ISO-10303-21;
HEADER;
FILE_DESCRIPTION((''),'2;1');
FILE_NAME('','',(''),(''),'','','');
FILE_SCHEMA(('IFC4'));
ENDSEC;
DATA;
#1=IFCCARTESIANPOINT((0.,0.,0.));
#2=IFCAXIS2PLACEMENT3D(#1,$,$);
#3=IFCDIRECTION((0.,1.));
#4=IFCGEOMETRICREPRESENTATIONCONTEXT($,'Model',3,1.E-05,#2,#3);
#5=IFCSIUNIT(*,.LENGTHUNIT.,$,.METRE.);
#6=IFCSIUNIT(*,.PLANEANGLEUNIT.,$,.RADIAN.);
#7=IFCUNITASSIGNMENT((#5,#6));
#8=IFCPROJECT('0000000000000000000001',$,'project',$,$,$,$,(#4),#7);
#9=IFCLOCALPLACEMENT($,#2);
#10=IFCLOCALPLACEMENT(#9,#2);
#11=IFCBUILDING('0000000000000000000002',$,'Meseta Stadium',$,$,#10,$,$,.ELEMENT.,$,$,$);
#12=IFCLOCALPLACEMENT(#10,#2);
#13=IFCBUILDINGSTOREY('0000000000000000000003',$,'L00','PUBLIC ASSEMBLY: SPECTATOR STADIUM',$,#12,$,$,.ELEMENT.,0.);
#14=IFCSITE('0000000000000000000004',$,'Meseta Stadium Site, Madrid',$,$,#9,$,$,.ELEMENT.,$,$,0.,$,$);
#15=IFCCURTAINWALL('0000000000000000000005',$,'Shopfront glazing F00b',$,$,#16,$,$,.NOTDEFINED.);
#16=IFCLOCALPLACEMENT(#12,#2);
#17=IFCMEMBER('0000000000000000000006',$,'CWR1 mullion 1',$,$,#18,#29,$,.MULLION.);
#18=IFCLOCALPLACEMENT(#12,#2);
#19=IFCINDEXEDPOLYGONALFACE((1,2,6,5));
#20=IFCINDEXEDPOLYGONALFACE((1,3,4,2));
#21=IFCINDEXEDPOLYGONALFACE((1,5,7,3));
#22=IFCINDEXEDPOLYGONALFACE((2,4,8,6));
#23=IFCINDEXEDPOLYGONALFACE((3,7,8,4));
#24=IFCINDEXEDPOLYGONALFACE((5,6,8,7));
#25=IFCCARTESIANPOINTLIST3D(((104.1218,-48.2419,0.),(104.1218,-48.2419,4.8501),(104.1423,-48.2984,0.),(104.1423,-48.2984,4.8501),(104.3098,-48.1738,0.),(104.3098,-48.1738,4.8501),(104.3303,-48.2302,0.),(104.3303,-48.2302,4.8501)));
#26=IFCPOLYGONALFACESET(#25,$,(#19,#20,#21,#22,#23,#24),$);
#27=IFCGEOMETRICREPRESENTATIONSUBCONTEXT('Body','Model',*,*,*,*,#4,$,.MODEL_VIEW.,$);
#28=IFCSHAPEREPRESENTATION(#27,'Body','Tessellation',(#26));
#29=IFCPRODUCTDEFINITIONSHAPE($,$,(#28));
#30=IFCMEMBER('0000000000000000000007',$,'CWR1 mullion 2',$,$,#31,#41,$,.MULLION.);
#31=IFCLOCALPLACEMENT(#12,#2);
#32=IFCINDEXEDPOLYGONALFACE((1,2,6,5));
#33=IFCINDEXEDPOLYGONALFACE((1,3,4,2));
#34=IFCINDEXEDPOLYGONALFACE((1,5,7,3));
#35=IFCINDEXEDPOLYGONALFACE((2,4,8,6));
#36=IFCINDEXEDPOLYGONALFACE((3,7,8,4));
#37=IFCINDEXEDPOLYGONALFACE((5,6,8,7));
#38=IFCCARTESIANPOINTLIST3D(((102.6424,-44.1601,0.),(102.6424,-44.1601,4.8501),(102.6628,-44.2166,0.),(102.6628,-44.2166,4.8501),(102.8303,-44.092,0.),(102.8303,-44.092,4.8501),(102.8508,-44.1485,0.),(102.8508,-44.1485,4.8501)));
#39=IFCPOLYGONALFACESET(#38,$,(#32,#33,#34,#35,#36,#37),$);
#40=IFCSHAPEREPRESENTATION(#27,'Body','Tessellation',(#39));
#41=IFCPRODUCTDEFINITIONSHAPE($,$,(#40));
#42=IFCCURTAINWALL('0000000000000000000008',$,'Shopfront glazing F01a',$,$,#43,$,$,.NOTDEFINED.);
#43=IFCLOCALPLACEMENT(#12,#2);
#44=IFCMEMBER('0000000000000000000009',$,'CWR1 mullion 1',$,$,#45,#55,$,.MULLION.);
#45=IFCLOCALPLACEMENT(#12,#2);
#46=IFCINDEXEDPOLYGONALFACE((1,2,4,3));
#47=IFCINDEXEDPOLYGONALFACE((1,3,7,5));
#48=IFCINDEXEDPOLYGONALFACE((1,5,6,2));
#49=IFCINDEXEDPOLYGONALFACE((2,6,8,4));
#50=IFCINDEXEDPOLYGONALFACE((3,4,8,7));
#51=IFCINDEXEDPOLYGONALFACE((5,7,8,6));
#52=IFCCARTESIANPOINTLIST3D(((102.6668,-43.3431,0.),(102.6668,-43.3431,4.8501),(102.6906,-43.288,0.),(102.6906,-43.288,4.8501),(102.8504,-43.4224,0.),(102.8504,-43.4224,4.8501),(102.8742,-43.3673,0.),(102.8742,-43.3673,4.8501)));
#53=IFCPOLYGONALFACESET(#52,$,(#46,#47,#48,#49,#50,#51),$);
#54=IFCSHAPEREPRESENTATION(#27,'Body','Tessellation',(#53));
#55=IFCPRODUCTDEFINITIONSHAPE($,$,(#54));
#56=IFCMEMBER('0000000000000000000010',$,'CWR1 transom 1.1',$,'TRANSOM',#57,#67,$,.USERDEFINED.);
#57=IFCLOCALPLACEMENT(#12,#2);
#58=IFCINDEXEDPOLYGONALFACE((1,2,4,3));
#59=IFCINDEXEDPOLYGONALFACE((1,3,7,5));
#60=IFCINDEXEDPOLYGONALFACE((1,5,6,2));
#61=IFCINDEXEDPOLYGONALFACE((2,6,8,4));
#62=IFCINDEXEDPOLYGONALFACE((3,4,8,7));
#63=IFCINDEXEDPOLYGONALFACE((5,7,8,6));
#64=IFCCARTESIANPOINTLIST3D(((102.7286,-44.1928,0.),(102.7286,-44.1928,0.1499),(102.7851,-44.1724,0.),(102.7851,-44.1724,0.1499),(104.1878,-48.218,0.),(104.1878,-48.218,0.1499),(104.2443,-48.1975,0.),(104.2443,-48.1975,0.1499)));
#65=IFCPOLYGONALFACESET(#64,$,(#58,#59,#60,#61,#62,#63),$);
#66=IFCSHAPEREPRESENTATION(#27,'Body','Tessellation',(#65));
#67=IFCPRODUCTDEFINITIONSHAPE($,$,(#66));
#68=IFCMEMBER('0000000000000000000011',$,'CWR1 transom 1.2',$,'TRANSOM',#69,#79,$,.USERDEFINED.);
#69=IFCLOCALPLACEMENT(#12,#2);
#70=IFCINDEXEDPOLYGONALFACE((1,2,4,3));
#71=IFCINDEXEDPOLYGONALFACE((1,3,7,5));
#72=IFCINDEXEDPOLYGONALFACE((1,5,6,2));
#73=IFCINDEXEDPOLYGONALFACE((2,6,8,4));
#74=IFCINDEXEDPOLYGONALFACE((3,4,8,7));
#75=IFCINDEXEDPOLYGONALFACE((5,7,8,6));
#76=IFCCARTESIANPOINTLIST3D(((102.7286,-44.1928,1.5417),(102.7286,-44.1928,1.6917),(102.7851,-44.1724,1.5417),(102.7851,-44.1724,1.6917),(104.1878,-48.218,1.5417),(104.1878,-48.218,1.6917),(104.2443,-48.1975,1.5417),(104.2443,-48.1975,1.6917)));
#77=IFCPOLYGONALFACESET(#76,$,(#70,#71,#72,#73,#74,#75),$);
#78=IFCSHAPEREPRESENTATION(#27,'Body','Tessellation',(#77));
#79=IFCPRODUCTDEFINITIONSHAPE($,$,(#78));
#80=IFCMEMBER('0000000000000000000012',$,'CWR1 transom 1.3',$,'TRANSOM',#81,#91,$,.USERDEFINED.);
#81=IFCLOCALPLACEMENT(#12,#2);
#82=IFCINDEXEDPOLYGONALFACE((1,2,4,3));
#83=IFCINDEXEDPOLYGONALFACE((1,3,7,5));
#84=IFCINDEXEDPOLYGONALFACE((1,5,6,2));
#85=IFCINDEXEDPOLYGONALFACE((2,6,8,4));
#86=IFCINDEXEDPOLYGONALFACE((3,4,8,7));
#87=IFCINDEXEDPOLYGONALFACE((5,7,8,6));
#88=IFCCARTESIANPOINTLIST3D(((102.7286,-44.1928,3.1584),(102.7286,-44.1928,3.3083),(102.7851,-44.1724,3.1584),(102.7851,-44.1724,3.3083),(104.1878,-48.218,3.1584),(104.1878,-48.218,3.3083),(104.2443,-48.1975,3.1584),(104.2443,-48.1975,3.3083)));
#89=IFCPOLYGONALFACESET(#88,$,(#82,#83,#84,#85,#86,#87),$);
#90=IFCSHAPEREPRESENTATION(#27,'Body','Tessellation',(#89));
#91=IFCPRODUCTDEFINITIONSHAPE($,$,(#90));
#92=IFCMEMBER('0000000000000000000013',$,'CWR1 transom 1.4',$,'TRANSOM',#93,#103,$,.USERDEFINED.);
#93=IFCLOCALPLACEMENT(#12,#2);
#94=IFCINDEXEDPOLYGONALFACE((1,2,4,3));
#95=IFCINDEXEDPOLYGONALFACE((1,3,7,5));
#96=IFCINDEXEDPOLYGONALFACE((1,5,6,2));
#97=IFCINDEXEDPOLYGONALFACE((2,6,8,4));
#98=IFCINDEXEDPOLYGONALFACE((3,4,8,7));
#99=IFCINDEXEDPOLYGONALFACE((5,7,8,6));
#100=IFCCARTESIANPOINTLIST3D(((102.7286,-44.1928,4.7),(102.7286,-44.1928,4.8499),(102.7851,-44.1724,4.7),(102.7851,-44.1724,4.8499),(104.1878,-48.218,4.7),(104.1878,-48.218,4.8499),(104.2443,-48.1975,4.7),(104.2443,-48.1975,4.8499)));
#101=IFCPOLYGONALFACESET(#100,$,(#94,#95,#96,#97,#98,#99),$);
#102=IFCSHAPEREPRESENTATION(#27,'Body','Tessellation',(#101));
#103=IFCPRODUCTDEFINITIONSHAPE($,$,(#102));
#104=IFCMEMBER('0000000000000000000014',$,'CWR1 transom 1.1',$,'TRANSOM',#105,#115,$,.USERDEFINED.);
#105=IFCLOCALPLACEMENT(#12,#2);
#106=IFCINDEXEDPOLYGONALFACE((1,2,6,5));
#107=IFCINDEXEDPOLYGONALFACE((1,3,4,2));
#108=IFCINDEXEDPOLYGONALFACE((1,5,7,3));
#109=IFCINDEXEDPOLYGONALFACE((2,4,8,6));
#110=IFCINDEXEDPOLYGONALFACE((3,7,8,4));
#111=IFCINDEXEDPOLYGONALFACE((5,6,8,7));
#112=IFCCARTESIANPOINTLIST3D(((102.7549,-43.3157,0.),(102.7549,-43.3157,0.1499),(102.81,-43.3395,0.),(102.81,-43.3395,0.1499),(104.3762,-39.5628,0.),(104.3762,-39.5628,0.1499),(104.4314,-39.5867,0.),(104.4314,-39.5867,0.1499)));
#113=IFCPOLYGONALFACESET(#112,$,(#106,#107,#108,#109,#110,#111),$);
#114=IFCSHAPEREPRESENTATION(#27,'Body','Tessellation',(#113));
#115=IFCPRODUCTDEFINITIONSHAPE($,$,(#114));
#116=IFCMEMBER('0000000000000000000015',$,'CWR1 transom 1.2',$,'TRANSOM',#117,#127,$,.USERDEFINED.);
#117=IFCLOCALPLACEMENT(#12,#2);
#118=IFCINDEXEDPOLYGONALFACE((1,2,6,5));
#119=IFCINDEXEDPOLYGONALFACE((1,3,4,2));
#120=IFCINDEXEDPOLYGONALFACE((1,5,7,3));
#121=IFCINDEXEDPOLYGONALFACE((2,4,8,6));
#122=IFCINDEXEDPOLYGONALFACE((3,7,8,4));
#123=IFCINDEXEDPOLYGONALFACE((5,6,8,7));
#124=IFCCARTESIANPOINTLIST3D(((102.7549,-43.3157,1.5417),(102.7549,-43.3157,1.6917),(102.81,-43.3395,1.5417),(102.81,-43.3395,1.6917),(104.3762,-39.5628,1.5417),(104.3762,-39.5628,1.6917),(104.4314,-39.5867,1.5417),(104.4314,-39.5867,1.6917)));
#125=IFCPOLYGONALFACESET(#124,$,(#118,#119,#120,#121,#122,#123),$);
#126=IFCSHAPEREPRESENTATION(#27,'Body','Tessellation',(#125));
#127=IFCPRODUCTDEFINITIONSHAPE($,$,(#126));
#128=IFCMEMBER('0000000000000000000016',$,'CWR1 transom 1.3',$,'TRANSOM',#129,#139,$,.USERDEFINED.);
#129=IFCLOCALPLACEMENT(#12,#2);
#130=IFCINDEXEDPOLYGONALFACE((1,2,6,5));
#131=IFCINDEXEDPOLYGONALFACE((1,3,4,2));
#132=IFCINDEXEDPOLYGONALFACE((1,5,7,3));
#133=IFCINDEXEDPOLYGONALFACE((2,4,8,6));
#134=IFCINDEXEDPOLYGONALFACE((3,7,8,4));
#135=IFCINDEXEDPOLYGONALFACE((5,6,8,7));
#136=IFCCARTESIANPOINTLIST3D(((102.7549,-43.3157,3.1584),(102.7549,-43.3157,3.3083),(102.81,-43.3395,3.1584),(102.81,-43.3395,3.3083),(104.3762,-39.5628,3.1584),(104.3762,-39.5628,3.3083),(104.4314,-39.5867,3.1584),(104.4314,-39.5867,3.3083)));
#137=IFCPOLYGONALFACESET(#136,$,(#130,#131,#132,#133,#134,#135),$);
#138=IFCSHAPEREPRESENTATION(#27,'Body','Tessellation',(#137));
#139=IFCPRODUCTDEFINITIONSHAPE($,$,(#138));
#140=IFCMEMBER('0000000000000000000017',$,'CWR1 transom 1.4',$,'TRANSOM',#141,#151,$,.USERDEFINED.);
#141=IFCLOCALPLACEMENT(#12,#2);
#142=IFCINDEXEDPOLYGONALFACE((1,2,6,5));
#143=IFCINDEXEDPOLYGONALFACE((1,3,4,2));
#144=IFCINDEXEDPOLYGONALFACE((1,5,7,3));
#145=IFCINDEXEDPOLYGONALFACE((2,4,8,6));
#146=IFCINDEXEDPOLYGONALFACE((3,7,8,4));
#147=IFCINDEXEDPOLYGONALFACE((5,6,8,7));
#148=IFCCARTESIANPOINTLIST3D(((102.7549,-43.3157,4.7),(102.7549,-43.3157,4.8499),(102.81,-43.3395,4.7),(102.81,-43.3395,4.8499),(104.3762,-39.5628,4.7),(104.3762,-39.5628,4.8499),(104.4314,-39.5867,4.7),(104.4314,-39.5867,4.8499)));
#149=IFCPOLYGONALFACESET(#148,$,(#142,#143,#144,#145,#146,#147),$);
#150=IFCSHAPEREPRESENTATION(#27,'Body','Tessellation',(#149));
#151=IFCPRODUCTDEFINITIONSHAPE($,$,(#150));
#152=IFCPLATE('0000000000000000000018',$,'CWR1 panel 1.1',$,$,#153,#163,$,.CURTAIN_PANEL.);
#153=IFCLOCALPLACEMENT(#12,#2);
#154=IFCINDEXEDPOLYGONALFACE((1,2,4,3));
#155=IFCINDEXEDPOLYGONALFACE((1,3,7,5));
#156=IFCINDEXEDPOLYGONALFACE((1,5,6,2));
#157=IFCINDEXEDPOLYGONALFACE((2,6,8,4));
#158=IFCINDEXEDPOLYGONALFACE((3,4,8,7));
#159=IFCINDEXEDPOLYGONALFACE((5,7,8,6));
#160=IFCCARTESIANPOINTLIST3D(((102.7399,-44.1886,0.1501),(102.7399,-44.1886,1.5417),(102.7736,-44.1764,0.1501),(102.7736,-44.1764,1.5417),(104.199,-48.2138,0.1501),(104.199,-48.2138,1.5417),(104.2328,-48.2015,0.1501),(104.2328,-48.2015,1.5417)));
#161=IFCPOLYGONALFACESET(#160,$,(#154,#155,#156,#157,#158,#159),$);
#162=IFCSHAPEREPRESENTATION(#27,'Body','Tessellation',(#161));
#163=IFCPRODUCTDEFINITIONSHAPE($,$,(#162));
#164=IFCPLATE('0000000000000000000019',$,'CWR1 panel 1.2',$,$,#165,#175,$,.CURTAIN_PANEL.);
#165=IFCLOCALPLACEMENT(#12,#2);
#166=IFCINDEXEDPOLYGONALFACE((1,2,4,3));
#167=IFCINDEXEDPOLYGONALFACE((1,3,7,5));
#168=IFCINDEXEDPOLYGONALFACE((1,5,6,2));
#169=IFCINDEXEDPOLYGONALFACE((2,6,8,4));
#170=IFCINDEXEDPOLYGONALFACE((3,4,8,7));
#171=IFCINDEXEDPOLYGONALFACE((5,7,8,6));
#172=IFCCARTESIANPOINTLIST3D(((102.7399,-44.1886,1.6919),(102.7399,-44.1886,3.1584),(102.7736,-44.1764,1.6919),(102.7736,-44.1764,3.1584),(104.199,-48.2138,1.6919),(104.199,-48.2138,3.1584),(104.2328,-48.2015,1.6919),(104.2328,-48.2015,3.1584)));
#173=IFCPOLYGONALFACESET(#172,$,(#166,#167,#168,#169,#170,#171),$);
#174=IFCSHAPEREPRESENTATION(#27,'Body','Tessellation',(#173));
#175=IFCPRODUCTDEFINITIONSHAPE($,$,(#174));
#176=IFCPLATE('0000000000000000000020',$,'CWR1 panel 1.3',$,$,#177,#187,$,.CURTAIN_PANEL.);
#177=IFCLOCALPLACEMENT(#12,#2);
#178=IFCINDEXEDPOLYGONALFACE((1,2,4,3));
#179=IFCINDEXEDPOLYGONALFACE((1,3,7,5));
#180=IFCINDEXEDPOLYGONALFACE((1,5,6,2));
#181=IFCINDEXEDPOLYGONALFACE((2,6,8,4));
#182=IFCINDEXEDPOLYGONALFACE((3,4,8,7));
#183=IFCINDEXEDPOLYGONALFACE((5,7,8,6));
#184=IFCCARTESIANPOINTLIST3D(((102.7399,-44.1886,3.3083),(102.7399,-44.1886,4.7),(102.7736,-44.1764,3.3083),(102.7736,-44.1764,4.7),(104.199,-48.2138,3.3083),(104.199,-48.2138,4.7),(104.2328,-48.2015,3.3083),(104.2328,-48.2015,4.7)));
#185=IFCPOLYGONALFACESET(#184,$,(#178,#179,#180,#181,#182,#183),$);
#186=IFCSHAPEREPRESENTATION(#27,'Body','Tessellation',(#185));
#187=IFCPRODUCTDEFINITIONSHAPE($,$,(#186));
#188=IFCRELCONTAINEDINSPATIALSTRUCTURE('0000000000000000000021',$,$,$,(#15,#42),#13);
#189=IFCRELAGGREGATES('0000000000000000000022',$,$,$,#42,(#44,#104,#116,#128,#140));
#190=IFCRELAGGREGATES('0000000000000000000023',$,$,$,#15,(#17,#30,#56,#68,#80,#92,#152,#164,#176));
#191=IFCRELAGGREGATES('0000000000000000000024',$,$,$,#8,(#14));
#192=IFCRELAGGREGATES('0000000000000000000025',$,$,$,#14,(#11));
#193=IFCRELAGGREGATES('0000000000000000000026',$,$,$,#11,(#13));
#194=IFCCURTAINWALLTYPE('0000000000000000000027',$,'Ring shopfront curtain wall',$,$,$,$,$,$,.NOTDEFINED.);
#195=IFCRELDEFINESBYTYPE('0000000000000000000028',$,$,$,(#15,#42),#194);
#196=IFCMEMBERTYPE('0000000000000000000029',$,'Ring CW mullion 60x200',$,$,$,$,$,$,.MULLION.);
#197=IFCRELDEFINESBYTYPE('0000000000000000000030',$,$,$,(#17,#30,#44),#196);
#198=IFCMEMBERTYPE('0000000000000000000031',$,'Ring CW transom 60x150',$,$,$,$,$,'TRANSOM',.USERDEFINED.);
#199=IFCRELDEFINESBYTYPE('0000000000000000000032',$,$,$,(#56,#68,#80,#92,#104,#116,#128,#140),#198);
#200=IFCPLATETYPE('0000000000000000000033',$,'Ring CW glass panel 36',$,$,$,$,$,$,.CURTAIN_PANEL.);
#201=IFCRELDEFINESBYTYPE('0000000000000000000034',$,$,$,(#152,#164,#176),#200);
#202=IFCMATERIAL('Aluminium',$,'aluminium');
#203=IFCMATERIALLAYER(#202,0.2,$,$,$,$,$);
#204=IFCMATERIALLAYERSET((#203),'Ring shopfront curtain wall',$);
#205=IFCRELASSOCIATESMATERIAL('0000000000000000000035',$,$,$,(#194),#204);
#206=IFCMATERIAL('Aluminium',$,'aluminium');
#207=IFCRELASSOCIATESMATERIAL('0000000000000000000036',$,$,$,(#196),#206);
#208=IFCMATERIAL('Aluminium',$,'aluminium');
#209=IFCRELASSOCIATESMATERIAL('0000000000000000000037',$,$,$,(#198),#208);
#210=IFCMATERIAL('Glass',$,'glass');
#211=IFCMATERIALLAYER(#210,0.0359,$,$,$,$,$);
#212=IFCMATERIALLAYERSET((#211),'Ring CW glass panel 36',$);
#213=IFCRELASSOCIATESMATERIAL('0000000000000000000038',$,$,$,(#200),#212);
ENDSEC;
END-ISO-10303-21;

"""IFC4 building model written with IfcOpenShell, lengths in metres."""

from ifc_helpers import new_model, si_unit, direction, frame, origin, origin_2d, place, context, subcontext, project, spatial, rectangle, extrude, material, layer, layer_set, material_profile, profile_set, type_object, element, aggregate, save


model = new_model("IFC4")

# Units and contexts
model_context = context("Model", 3, precision=1e-05, world=origin(), true_north=direction((0.0, 1.0)))
body_context = subcontext(model_context, "Body", "Model", "MODEL_VIEW")
ifc_project = project(units=[si_unit("LENGTHUNIT", "METRE"), si_unit("PLANEANGLEUNIT", "RADIAN")], contexts=[model_context])

# Site, building, storey
site_placement = place(None, origin())
site = spatial("IfcSite", under=ifc_project, at=site_placement, Name="Meseta Stadium Site, Madrid", CompositionType="ELEMENT", RefElevation=0.0)
building_placement = place(site_placement, origin())
building = spatial("IfcBuilding", under=site, at=building_placement, Name="Meseta Stadium", CompositionType="ELEMENT")
storey_placement = place(building_placement, origin())
storey = spatial("IfcBuildingStorey", under=building, at=storey_placement, Name="L00", Description="PUBLIC ASSEMBLY: SPECTATOR STADIUM", CompositionType="ELEMENT", Elevation=0.0)

# Curtain wall, members
ifc_material_1 = material(Name="Aluminium", Category="aluminium")
ifc_layer_1 = layer(ifc_material_1, 0.2)
ifc_layer_set_1 = layer_set([ifc_layer_1], Name="Ring shopfront curtain wall")
curtain_wall_type = type_object("IfcCurtainWallType", Name="Ring shopfront curtain wall", PredefinedType="NOTDEFINED", material=ifc_layer_set_1)
curtain_wall_1_placement = place(storey_placement, origin())
curtain_wall_1 = element("IfcCurtainWall", 1, at=curtain_wall_1_placement, inside=storey, type_object=curtain_wall_type, Name="Shopfront glazing F00b", PredefinedType="NOTDEFINED")
ifc_material_2 = material(Name="Aluminium", Category="aluminium")
ifc_material_profile_1 = material_profile(ifc_material_2, rectangle(XDim=0.2, YDim=0.0601, at=origin_2d()), Name="CW 200x60")
ifc_profile_set_1 = profile_set([ifc_material_profile_1], Name="Aluminium")
member_type_1 = type_object("IfcMemberType", Name="Ring CW mullion 60x200", PredefinedType="MULLION", material=ifc_profile_set_1)
member_1_placement = place(storey_placement, frame((104.2261, -48.2361, 0.0), z_axis=(0.0, 0.0, 1.0), x_axis=(-0.940133, -0.340807, 0.0)))
member_1 = element("IfcMember", 2, at=member_1_placement, type_object=member_type_1, Name="CWR1 mullion 1", PredefinedType="MULLION", context=body_context, shape_type="SweptSolid", body=[
    extrude(rectangle(XDim=0.2, YDim=0.0601, at=origin_2d()), origin(), (0.0, 0.0, 1.0), 4.8501),
])
member_2_placement = place(storey_placement, frame((102.7466, -44.1543, 0.0), z_axis=(0.0, 0.0, 1.0), x_axis=(-0.940133, -0.340807, 0.0)))
member_2 = element("IfcMember", 3, at=member_2_placement, type_object=member_type_1, Name="CWR1 mullion 2", PredefinedType="MULLION", context=body_context, shape_type="SweptSolid", body=[
    extrude(rectangle(XDim=0.2, YDim=0.0601, at=origin_2d()), origin(), (0.0, 0.0, 1.0), 4.8501),
])

# Curtain wall, member
curtain_wall_2_placement = place(storey_placement, origin())
curtain_wall_2 = element("IfcCurtainWall", 4, at=curtain_wall_2_placement, inside=storey, type_object=curtain_wall_type, Name="Shopfront glazing F01a", PredefinedType="NOTDEFINED")
member_3_placement = place(storey_placement, frame((102.7705, -43.3552, 0.0), z_axis=(0.0, 0.0, 1.0), x_axis=(-0.918002, 0.396576, 0.0)))
member_3 = element("IfcMember", 5, at=member_3_placement, type_object=member_type_1, Name="CWR1 mullion 1", PredefinedType="MULLION", context=body_context, shape_type="SweptSolid", body=[
    extrude(rectangle(XDim=0.2, YDim=0.0601, at=origin_2d()), origin(), (0.0, 0.0, 1.0), 4.8501),
])

# Members
ifc_material_3 = material(Name="Aluminium", Category="aluminium")
ifc_material_profile_2 = material_profile(ifc_material_3, rectangle(XDim=0.0601, YDim=0.1499, at=origin_2d()), Name="CW 60x150")
ifc_profile_set_2 = profile_set([ifc_material_profile_2], Name="Aluminium")
member_type_2 = type_object("IfcMemberType", Name="Ring CW transom 60x150", ElementType="TRANSOM", PredefinedType="USERDEFINED", material=ifc_profile_set_2)
member_4_placement = place(storey_placement, frame((104.2161, -48.2078, 0.075), z_axis=(-0.340823, 0.940128, 0.0), x_axis=(-0.940128, -0.340823, 0.0)))
member_4 = element("IfcMember", 6, at=member_4_placement, type_object=member_type_2, Name="CWR1 transom 1.1", ObjectType="TRANSOM", PredefinedType="USERDEFINED", context=body_context, shape_type="SweptSolid", body=[
    extrude(rectangle(XDim=0.0601, YDim=0.1499, at=origin_2d()), origin(), (0.0, 0.0, 1.0), 4.2815),
])
member_5_placement = place(storey_placement, frame((104.2161, -48.2078, 1.6167), z_axis=(-0.340823, 0.940128, 0.0), x_axis=(-0.940128, -0.340823, 0.0)))
member_5 = element("IfcMember", 7, at=member_5_placement, type_object=member_type_2, Name="CWR1 transom 1.2", ObjectType="TRANSOM", PredefinedType="USERDEFINED", context=body_context, shape_type="SweptSolid", body=[
    extrude(rectangle(XDim=0.0601, YDim=0.1499, at=origin_2d()), origin(), (0.0, 0.0, 1.0), 4.2815),
])
member_6_placement = place(storey_placement, frame((104.2161, -48.2078, 3.2334), z_axis=(-0.340823, 0.940128, 0.0), x_axis=(-0.940128, -0.340823, 0.0)))
member_6 = element("IfcMember", 8, at=member_6_placement, type_object=member_type_2, Name="CWR1 transom 1.3", ObjectType="TRANSOM", PredefinedType="USERDEFINED", context=body_context, shape_type="SweptSolid", body=[
    extrude(rectangle(XDim=0.0601, YDim=0.1499, at=origin_2d()), origin(), (0.0, 0.0, 1.0), 4.2815),
])
member_7_placement = place(storey_placement, frame((104.2161, -48.2078, 4.7749), z_axis=(-0.340823, 0.940128, 0.0), x_axis=(-0.940128, -0.340823, 0.0)))
member_7 = element("IfcMember", 9, at=member_7_placement, type_object=member_type_2, Name="CWR1 transom 1.4", ObjectType="TRANSOM", PredefinedType="USERDEFINED", context=body_context, shape_type="SweptSolid", body=[
    extrude(rectangle(XDim=0.0601, YDim=0.1499, at=origin_2d()), origin(), (0.0, 0.0, 1.0), 4.2815),
])
member_8_placement = place(storey_placement, frame((102.7825, -43.3276, 0.075), z_axis=(0.396592, 0.917995, 0.0), x_axis=(-0.917995, 0.396592, 0.0)))
member_8 = element("IfcMember", 10, at=member_8_placement, type_object=member_type_2, Name="CWR1 transom 1.1", ObjectType="TRANSOM", PredefinedType="USERDEFINED", context=body_context, shape_type="SweptSolid", body=[
    extrude(rectangle(XDim=0.0601, YDim=0.1499, at=origin_2d()), origin(), (0.0, 0.0, 1.0), 4.0881),
])
member_9_placement = place(storey_placement, frame((102.7825, -43.3276, 1.6167), z_axis=(0.396592, 0.917995, 0.0), x_axis=(-0.917995, 0.396592, 0.0)))
member_9 = element("IfcMember", 11, at=member_9_placement, type_object=member_type_2, Name="CWR1 transom 1.2", ObjectType="TRANSOM", PredefinedType="USERDEFINED", context=body_context, shape_type="SweptSolid", body=[
    extrude(rectangle(XDim=0.0601, YDim=0.1499, at=origin_2d()), origin(), (0.0, 0.0, 1.0), 4.0881),
])
member_10_placement = place(storey_placement, frame((102.7825, -43.3276, 3.2334), z_axis=(0.396592, 0.917995, 0.0), x_axis=(-0.917995, 0.396592, 0.0)))
member_10 = element("IfcMember", 12, at=member_10_placement, type_object=member_type_2, Name="CWR1 transom 1.3", ObjectType="TRANSOM", PredefinedType="USERDEFINED", context=body_context, shape_type="SweptSolid", body=[
    extrude(rectangle(XDim=0.0601, YDim=0.1499, at=origin_2d()), origin(), (0.0, 0.0, 1.0), 4.0881),
])
member_11_placement = place(storey_placement, frame((102.7825, -43.3276, 4.7749), z_axis=(0.396592, 0.917995, 0.0), x_axis=(-0.917995, 0.396592, 0.0)))
member_11 = element("IfcMember", 13, at=member_11_placement, type_object=member_type_2, Name="CWR1 transom 1.4", ObjectType="TRANSOM", PredefinedType="USERDEFINED", context=body_context, shape_type="SweptSolid", body=[
    extrude(rectangle(XDim=0.0601, YDim=0.1499, at=origin_2d()), origin(), (0.0, 0.0, 1.0), 4.0881),
])
aggregate(curtain_wall_2, [member_3, member_8, member_9, member_10, member_11])

# Plates
ifc_material_4 = material(Name="Glass", Category="glass")
ifc_layer_2 = layer(ifc_material_4, 0.0359)
ifc_layer_set_2 = layer_set([ifc_layer_2], Name="Ring CW glass panel 36")
plate_type = type_object("IfcPlateType", Name="Ring CW glass panel 36", PredefinedType="CURTAIN_PANEL", material=ifc_layer_set_2)
plate_1_placement = place(storey_placement, frame((103.4863, -46.1951, 0.1501), z_axis=(0.0, 0.0, 1.0), x_axis=(-0.340807, 0.940133, 0.0)))
plate_1 = element("IfcPlate", 14, at=plate_1_placement, type_object=plate_type, Name="CWR1 panel 1.1", PredefinedType="CURTAIN_PANEL", context=body_context, shape_type="SweptSolid", body=[
    extrude(rectangle(XDim=4.2815, YDim=0.0359, at=origin_2d()), origin(), (0.0, 0.0, 1.0), 1.3916),
])
plate_2_placement = place(storey_placement, frame((103.4863, -46.1951, 1.6919), z_axis=(0.0, 0.0, 1.0), x_axis=(-0.340807, 0.940133, 0.0)))
plate_2 = element("IfcPlate", 15, at=plate_2_placement, type_object=plate_type, Name="CWR1 panel 1.2", PredefinedType="CURTAIN_PANEL", context=body_context, shape_type="SweptSolid", body=[
    extrude(rectangle(XDim=4.2815, YDim=0.0359, at=origin_2d()), origin(), (0.0, 0.0, 1.0), 1.4666),
])
plate_3_placement = place(storey_placement, frame((103.4863, -46.1951, 3.3083), z_axis=(0.0, 0.0, 1.0), x_axis=(-0.340807, 0.940133, 0.0)))
plate_3 = element("IfcPlate", 16, at=plate_3_placement, type_object=plate_type, Name="CWR1 panel 1.3", PredefinedType="CURTAIN_PANEL", context=body_context, shape_type="SweptSolid", body=[
    extrude(rectangle(XDim=4.2815, YDim=0.0359, at=origin_2d()), origin(), (0.0, 0.0, 1.0), 1.3916),
])
aggregate(curtain_wall_1, [member_1, member_2, member_4, member_5, member_6, member_7, plate_1, plate_2, plate_3])

save(model, "model.ifc")
